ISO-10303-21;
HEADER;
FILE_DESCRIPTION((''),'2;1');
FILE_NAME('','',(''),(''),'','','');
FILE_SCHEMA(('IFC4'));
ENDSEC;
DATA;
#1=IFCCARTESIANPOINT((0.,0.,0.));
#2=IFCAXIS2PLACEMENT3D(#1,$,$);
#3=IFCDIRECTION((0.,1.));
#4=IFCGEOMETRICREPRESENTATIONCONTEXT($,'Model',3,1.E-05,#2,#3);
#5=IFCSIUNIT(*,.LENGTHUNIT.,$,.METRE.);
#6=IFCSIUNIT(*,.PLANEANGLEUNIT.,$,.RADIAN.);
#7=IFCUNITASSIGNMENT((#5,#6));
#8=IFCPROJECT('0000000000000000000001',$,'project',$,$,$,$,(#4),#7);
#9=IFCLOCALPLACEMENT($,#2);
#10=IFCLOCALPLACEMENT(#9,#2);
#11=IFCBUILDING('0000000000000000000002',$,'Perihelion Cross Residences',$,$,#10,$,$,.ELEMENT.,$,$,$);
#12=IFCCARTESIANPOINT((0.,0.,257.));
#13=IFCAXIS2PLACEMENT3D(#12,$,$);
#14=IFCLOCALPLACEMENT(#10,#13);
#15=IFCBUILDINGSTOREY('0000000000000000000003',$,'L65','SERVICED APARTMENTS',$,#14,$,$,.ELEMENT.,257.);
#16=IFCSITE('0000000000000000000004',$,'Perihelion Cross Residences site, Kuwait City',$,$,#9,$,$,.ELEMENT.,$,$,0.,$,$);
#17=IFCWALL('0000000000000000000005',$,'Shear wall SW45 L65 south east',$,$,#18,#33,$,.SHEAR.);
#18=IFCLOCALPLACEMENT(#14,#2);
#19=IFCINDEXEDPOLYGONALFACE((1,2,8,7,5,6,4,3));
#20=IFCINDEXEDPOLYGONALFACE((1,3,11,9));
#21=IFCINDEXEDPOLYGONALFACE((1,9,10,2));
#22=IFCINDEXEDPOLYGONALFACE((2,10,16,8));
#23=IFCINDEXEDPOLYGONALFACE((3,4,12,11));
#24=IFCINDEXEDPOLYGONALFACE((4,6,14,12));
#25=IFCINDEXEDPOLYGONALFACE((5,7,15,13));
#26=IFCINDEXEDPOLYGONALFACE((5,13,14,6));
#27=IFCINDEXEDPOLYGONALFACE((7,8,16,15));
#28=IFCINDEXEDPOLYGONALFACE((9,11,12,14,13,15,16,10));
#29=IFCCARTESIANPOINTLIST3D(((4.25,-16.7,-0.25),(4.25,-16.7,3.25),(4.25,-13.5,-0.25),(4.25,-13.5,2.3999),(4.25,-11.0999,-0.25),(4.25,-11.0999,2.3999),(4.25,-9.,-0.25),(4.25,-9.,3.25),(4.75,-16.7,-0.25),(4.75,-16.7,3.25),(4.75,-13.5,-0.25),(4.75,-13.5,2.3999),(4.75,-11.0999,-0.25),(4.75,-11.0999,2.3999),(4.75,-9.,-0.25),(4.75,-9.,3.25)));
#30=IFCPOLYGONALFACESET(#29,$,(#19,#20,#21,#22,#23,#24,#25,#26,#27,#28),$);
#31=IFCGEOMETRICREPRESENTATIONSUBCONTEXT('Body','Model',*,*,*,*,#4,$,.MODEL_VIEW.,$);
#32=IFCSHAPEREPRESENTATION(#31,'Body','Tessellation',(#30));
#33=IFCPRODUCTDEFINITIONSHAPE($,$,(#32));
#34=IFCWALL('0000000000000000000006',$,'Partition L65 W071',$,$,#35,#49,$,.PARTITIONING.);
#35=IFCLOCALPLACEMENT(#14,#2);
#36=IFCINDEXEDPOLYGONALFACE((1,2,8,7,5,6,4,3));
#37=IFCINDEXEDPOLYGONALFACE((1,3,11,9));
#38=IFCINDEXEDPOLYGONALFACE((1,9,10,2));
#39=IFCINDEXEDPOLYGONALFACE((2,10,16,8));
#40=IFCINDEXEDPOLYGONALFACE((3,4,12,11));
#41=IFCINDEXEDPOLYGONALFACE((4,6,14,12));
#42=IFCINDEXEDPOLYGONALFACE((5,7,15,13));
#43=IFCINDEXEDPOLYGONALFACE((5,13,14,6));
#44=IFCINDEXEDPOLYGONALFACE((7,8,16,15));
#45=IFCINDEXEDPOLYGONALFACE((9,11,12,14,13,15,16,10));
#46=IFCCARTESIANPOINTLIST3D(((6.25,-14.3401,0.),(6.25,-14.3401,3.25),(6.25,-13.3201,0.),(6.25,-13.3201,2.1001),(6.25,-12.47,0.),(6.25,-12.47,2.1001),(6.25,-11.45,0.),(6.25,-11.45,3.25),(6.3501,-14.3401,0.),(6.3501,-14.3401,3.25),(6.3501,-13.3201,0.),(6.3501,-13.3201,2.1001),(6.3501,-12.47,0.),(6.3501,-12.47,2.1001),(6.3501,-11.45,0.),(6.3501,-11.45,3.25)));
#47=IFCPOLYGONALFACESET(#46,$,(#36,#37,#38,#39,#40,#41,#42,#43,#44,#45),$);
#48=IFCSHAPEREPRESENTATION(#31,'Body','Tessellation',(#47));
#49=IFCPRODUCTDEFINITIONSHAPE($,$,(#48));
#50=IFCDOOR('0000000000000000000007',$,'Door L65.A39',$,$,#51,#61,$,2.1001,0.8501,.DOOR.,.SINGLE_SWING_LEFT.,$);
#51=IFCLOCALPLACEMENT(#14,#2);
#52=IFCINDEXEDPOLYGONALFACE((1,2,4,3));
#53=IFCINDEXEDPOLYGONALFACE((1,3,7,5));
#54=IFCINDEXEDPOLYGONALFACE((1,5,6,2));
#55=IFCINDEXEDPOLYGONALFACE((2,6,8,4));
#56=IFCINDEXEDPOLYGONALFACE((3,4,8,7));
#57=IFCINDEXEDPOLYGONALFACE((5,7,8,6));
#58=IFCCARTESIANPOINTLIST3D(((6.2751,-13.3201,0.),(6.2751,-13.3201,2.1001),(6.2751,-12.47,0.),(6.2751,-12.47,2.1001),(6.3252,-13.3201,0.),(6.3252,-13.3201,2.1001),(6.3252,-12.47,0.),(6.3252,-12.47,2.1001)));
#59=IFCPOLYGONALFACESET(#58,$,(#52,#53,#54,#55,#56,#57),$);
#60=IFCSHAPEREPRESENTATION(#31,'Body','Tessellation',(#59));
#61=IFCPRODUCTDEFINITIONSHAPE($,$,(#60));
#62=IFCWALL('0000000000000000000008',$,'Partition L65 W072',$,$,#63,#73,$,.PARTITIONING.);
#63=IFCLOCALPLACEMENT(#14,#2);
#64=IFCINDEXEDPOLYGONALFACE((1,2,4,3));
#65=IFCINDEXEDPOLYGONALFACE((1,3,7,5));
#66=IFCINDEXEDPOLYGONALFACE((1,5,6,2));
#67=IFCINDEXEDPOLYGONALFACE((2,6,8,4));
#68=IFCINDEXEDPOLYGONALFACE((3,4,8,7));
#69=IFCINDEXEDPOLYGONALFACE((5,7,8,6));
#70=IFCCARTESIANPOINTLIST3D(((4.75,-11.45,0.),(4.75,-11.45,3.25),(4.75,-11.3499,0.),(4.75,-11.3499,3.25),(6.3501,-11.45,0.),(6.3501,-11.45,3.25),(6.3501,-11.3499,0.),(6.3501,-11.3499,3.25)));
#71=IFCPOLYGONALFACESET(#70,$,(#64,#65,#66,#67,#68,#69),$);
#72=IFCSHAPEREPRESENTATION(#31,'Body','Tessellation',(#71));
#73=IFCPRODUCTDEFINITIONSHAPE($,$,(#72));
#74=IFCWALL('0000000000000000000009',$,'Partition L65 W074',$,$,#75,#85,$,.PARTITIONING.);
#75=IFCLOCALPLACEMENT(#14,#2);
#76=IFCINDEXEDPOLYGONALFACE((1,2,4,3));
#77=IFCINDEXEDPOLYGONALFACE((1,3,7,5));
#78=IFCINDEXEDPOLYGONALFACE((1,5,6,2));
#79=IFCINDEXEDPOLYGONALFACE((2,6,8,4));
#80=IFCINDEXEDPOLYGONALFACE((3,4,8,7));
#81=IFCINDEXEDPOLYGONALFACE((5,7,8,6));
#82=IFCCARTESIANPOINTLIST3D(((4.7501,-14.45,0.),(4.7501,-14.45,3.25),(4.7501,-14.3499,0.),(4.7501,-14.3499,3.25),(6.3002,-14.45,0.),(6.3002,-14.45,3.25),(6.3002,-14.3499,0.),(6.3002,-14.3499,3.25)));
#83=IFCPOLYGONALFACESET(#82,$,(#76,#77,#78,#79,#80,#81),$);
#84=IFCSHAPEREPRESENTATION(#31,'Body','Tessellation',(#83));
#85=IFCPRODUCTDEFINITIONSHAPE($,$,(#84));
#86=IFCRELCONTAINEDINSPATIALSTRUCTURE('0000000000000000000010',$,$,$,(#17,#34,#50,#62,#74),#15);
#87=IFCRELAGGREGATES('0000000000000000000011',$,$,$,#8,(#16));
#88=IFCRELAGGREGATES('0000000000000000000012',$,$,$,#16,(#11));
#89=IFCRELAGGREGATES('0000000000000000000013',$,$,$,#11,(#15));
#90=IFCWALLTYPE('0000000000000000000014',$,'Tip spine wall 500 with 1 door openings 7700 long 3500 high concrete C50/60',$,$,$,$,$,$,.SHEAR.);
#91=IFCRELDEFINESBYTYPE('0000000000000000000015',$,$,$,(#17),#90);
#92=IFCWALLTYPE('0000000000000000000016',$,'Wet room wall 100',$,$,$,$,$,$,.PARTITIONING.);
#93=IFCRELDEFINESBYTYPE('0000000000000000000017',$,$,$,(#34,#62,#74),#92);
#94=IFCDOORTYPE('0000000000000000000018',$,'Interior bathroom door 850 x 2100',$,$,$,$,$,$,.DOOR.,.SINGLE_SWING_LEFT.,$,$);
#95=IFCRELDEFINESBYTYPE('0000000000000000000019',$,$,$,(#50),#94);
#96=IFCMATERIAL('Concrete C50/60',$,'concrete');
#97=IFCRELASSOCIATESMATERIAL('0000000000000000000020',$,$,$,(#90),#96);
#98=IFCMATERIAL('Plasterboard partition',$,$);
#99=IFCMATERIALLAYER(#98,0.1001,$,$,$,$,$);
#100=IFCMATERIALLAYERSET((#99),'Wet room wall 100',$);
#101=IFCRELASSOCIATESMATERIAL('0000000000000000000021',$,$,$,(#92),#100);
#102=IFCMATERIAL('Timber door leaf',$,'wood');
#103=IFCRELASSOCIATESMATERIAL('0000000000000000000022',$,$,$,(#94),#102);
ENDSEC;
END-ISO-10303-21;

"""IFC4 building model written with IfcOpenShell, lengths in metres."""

from ifc_helpers import new_model, si_unit, direction, frame, frame_2d, origin, place, context, subcontext, project, spatial, polyline, rectangle, outline, extrude, material, layer, layer_set, material_profile, profile_set, type_object, element, fill, save


model = new_model("IFC4")

# Units and contexts
model_context = context("Model", 3, precision=1e-05, world=origin(), true_north=direction((0.0, 1.0)))
body_context = subcontext(model_context, "Body", "Model", "MODEL_VIEW")
ifc_project = project(units=[si_unit("LENGTHUNIT", "METRE"), si_unit("PLANEANGLEUNIT", "RADIAN")], contexts=[model_context])

# Site, building, storey
site_placement = place(None, origin())
site = spatial("IfcSite", under=ifc_project, at=site_placement, Name="Perihelion Cross Residences site, Kuwait City", CompositionType="ELEMENT", RefElevation=0.0)
building_placement = place(site_placement, origin())
building = spatial("IfcBuilding", under=site, at=building_placement, Name="Perihelion Cross Residences", CompositionType="ELEMENT")
storey_placement = place(building_placement, frame((0.0, 0.0, 257.0)))
storey = spatial("IfcBuildingStorey", under=building, at=storey_placement, Name="L65", Description="SERVICED APARTMENTS", CompositionType="ELEMENT", Elevation=257.0)

# Wall
ifc_material_1 = material(Name="Concrete C50/60", Category="concrete")
ifc_material_profile_1 = material_profile(ifc_material_1, outline(polyline([(0.0, 0.0), (3.2, 0.0), (3.2, 2.6499), (5.6001, 2.6499), (5.6001, 0.0), (7.7, 0.0), (7.7, 3.5), (0.0, 3.5), (0.0, 0.0)])), Name="Tip spine wall")
ifc_profile_set_1 = profile_set([ifc_material_profile_1], Name="Concrete C50/60")
wall_type_1 = type_object("IfcWallType", Name="Tip spine wall 500 with 1 door openings 7700 long 3500 high concrete C50/60", PredefinedType="SHEAR", material=ifc_profile_set_1)
wall_1_placement = place(storey_placement, frame((4.25, -16.7, -0.25), z_axis=(1.0, 0.0, 0.0), x_axis=(0.0, 1.0, 0.0)))
element("IfcWall", 1, at=wall_1_placement, inside=storey, type_object=wall_type_1, Name="Shear wall SW45 L65 south east", PredefinedType="SHEAR", context=body_context, shape_type="SweptSolid", body=[
    extrude(outline(polyline([(0.0, 0.0), (3.2, 0.0), (3.2, 2.6499), (5.6001, 2.6499), (5.6001, 0.0), (7.7, 0.0), (7.7, 3.5), (0.0, 3.5), (0.0, 0.0)])), origin(), (0.0, 0.0, 1.0), 0.5),
])

# Wall, opening, door
ifc_material_2 = material(Name="Plasterboard partition")
ifc_layer_1 = layer(ifc_material_2, 0.1001)
ifc_layer_set_1 = layer_set([ifc_layer_1], Name="Wet room wall 100")
wall_type_2 = type_object("IfcWallType", Name="Wet room wall 100", PredefinedType="PARTITIONING", material=ifc_layer_set_1)
wall_2_placement = place(storey_placement, frame((6.3, -14.3401, 0.0), z_axis=(0.0, 0.0, 1.0), x_axis=(0.0, 1.0, 0.0)))
wall_2 = element("IfcWall", 2, at=wall_2_placement, inside=storey, type_object=wall_type_2, Name="Partition L65 W071", PredefinedType="PARTITIONING", context=body_context, shape_type="SweptSolid", body=[
    extrude(rectangle(XDim=2.8901, YDim=0.1001, at=frame_2d((1.4451, 0.0))), origin(), (0.0, 0.0, 1.0), 3.25),
])
opening_1_placement = place(wall_2_placement, frame((1.02, 0.0, 0.0)))
opening_1 = element("IfcOpeningElement", 3, at=opening_1_placement, cuts=wall_2, PredefinedType="OPENING", context=body_context, shape_type="SweptSolid", body=[
    extrude(rectangle(XDim=0.8501, YDim=2.1001, at=frame_2d((0.425, 1.05))), frame((0.0, 0.0601, 0.0), z_axis=(0.0, -1.0, 0.0), x_axis=(1.0, 0.0, 0.0)), (0.0, 0.0, 1.0), 0.1201),
])
ifc_material_3 = material(Name="Timber door leaf", Category="wood")
door_type_1 = type_object("IfcDoorType", Name="Interior bathroom door 850 x 2100", OperationType="SINGLE_SWING_LEFT", PredefinedType="DOOR", material=ifc_material_3)
door_1_placement = place(opening_1_placement, origin())
door_1 = element("IfcDoor", 4, at=door_1_placement, inside=storey, type_object=door_type_1, Name="Door L65.A39", OperationType="SINGLE_SWING_LEFT", OverallHeight=2.1001, OverallWidth=0.8501, PredefinedType="DOOR", context=body_context, shape_type="SweptSolid", body=[
    extrude(rectangle(XDim=0.8501, YDim=2.1001, at=frame_2d((0.425, 1.05))), frame((0.0, 0.0249, 0.0), z_axis=(0.0, -1.0, 0.0), x_axis=(1.0, 0.0, 0.0)), (0.0, 0.0, 1.0), 0.05),
])
fill(opening_1, door_1)

# Walls
wall_3_placement = place(storey_placement, frame((6.3501, -11.3999, 0.0), z_axis=(0.0, 0.0, 1.0), x_axis=(-1.0, 0.0, 0.0)))
element("IfcWall", 5, at=wall_3_placement, inside=storey, type_object=wall_type_2, Name="Partition L65 W072", PredefinedType="PARTITIONING", context=body_context, shape_type="SweptSolid", body=[
    extrude(rectangle(XDim=1.6001, YDim=0.1001, at=frame_2d((0.8, 0.0))), origin(), (0.0, 0.0, 1.0), 3.25),
])
wall_4_placement = place(storey_placement, frame((6.3, -14.3999, 0.0), z_axis=(0.0, 0.0, 1.0), x_axis=(-1.0, 0.0, 0.0)))
element("IfcWall", 6, at=wall_4_placement, inside=storey, type_object=wall_type_2, Name="Partition L65 W074", PredefinedType="PARTITIONING", context=body_context, shape_type="SweptSolid", body=[
    extrude(rectangle(XDim=1.55, YDim=0.1001, at=frame_2d((0.7749, 0.0))), origin(), (0.0, 0.0, 1.0), 3.25),
])

save(model, "model.ifc")
